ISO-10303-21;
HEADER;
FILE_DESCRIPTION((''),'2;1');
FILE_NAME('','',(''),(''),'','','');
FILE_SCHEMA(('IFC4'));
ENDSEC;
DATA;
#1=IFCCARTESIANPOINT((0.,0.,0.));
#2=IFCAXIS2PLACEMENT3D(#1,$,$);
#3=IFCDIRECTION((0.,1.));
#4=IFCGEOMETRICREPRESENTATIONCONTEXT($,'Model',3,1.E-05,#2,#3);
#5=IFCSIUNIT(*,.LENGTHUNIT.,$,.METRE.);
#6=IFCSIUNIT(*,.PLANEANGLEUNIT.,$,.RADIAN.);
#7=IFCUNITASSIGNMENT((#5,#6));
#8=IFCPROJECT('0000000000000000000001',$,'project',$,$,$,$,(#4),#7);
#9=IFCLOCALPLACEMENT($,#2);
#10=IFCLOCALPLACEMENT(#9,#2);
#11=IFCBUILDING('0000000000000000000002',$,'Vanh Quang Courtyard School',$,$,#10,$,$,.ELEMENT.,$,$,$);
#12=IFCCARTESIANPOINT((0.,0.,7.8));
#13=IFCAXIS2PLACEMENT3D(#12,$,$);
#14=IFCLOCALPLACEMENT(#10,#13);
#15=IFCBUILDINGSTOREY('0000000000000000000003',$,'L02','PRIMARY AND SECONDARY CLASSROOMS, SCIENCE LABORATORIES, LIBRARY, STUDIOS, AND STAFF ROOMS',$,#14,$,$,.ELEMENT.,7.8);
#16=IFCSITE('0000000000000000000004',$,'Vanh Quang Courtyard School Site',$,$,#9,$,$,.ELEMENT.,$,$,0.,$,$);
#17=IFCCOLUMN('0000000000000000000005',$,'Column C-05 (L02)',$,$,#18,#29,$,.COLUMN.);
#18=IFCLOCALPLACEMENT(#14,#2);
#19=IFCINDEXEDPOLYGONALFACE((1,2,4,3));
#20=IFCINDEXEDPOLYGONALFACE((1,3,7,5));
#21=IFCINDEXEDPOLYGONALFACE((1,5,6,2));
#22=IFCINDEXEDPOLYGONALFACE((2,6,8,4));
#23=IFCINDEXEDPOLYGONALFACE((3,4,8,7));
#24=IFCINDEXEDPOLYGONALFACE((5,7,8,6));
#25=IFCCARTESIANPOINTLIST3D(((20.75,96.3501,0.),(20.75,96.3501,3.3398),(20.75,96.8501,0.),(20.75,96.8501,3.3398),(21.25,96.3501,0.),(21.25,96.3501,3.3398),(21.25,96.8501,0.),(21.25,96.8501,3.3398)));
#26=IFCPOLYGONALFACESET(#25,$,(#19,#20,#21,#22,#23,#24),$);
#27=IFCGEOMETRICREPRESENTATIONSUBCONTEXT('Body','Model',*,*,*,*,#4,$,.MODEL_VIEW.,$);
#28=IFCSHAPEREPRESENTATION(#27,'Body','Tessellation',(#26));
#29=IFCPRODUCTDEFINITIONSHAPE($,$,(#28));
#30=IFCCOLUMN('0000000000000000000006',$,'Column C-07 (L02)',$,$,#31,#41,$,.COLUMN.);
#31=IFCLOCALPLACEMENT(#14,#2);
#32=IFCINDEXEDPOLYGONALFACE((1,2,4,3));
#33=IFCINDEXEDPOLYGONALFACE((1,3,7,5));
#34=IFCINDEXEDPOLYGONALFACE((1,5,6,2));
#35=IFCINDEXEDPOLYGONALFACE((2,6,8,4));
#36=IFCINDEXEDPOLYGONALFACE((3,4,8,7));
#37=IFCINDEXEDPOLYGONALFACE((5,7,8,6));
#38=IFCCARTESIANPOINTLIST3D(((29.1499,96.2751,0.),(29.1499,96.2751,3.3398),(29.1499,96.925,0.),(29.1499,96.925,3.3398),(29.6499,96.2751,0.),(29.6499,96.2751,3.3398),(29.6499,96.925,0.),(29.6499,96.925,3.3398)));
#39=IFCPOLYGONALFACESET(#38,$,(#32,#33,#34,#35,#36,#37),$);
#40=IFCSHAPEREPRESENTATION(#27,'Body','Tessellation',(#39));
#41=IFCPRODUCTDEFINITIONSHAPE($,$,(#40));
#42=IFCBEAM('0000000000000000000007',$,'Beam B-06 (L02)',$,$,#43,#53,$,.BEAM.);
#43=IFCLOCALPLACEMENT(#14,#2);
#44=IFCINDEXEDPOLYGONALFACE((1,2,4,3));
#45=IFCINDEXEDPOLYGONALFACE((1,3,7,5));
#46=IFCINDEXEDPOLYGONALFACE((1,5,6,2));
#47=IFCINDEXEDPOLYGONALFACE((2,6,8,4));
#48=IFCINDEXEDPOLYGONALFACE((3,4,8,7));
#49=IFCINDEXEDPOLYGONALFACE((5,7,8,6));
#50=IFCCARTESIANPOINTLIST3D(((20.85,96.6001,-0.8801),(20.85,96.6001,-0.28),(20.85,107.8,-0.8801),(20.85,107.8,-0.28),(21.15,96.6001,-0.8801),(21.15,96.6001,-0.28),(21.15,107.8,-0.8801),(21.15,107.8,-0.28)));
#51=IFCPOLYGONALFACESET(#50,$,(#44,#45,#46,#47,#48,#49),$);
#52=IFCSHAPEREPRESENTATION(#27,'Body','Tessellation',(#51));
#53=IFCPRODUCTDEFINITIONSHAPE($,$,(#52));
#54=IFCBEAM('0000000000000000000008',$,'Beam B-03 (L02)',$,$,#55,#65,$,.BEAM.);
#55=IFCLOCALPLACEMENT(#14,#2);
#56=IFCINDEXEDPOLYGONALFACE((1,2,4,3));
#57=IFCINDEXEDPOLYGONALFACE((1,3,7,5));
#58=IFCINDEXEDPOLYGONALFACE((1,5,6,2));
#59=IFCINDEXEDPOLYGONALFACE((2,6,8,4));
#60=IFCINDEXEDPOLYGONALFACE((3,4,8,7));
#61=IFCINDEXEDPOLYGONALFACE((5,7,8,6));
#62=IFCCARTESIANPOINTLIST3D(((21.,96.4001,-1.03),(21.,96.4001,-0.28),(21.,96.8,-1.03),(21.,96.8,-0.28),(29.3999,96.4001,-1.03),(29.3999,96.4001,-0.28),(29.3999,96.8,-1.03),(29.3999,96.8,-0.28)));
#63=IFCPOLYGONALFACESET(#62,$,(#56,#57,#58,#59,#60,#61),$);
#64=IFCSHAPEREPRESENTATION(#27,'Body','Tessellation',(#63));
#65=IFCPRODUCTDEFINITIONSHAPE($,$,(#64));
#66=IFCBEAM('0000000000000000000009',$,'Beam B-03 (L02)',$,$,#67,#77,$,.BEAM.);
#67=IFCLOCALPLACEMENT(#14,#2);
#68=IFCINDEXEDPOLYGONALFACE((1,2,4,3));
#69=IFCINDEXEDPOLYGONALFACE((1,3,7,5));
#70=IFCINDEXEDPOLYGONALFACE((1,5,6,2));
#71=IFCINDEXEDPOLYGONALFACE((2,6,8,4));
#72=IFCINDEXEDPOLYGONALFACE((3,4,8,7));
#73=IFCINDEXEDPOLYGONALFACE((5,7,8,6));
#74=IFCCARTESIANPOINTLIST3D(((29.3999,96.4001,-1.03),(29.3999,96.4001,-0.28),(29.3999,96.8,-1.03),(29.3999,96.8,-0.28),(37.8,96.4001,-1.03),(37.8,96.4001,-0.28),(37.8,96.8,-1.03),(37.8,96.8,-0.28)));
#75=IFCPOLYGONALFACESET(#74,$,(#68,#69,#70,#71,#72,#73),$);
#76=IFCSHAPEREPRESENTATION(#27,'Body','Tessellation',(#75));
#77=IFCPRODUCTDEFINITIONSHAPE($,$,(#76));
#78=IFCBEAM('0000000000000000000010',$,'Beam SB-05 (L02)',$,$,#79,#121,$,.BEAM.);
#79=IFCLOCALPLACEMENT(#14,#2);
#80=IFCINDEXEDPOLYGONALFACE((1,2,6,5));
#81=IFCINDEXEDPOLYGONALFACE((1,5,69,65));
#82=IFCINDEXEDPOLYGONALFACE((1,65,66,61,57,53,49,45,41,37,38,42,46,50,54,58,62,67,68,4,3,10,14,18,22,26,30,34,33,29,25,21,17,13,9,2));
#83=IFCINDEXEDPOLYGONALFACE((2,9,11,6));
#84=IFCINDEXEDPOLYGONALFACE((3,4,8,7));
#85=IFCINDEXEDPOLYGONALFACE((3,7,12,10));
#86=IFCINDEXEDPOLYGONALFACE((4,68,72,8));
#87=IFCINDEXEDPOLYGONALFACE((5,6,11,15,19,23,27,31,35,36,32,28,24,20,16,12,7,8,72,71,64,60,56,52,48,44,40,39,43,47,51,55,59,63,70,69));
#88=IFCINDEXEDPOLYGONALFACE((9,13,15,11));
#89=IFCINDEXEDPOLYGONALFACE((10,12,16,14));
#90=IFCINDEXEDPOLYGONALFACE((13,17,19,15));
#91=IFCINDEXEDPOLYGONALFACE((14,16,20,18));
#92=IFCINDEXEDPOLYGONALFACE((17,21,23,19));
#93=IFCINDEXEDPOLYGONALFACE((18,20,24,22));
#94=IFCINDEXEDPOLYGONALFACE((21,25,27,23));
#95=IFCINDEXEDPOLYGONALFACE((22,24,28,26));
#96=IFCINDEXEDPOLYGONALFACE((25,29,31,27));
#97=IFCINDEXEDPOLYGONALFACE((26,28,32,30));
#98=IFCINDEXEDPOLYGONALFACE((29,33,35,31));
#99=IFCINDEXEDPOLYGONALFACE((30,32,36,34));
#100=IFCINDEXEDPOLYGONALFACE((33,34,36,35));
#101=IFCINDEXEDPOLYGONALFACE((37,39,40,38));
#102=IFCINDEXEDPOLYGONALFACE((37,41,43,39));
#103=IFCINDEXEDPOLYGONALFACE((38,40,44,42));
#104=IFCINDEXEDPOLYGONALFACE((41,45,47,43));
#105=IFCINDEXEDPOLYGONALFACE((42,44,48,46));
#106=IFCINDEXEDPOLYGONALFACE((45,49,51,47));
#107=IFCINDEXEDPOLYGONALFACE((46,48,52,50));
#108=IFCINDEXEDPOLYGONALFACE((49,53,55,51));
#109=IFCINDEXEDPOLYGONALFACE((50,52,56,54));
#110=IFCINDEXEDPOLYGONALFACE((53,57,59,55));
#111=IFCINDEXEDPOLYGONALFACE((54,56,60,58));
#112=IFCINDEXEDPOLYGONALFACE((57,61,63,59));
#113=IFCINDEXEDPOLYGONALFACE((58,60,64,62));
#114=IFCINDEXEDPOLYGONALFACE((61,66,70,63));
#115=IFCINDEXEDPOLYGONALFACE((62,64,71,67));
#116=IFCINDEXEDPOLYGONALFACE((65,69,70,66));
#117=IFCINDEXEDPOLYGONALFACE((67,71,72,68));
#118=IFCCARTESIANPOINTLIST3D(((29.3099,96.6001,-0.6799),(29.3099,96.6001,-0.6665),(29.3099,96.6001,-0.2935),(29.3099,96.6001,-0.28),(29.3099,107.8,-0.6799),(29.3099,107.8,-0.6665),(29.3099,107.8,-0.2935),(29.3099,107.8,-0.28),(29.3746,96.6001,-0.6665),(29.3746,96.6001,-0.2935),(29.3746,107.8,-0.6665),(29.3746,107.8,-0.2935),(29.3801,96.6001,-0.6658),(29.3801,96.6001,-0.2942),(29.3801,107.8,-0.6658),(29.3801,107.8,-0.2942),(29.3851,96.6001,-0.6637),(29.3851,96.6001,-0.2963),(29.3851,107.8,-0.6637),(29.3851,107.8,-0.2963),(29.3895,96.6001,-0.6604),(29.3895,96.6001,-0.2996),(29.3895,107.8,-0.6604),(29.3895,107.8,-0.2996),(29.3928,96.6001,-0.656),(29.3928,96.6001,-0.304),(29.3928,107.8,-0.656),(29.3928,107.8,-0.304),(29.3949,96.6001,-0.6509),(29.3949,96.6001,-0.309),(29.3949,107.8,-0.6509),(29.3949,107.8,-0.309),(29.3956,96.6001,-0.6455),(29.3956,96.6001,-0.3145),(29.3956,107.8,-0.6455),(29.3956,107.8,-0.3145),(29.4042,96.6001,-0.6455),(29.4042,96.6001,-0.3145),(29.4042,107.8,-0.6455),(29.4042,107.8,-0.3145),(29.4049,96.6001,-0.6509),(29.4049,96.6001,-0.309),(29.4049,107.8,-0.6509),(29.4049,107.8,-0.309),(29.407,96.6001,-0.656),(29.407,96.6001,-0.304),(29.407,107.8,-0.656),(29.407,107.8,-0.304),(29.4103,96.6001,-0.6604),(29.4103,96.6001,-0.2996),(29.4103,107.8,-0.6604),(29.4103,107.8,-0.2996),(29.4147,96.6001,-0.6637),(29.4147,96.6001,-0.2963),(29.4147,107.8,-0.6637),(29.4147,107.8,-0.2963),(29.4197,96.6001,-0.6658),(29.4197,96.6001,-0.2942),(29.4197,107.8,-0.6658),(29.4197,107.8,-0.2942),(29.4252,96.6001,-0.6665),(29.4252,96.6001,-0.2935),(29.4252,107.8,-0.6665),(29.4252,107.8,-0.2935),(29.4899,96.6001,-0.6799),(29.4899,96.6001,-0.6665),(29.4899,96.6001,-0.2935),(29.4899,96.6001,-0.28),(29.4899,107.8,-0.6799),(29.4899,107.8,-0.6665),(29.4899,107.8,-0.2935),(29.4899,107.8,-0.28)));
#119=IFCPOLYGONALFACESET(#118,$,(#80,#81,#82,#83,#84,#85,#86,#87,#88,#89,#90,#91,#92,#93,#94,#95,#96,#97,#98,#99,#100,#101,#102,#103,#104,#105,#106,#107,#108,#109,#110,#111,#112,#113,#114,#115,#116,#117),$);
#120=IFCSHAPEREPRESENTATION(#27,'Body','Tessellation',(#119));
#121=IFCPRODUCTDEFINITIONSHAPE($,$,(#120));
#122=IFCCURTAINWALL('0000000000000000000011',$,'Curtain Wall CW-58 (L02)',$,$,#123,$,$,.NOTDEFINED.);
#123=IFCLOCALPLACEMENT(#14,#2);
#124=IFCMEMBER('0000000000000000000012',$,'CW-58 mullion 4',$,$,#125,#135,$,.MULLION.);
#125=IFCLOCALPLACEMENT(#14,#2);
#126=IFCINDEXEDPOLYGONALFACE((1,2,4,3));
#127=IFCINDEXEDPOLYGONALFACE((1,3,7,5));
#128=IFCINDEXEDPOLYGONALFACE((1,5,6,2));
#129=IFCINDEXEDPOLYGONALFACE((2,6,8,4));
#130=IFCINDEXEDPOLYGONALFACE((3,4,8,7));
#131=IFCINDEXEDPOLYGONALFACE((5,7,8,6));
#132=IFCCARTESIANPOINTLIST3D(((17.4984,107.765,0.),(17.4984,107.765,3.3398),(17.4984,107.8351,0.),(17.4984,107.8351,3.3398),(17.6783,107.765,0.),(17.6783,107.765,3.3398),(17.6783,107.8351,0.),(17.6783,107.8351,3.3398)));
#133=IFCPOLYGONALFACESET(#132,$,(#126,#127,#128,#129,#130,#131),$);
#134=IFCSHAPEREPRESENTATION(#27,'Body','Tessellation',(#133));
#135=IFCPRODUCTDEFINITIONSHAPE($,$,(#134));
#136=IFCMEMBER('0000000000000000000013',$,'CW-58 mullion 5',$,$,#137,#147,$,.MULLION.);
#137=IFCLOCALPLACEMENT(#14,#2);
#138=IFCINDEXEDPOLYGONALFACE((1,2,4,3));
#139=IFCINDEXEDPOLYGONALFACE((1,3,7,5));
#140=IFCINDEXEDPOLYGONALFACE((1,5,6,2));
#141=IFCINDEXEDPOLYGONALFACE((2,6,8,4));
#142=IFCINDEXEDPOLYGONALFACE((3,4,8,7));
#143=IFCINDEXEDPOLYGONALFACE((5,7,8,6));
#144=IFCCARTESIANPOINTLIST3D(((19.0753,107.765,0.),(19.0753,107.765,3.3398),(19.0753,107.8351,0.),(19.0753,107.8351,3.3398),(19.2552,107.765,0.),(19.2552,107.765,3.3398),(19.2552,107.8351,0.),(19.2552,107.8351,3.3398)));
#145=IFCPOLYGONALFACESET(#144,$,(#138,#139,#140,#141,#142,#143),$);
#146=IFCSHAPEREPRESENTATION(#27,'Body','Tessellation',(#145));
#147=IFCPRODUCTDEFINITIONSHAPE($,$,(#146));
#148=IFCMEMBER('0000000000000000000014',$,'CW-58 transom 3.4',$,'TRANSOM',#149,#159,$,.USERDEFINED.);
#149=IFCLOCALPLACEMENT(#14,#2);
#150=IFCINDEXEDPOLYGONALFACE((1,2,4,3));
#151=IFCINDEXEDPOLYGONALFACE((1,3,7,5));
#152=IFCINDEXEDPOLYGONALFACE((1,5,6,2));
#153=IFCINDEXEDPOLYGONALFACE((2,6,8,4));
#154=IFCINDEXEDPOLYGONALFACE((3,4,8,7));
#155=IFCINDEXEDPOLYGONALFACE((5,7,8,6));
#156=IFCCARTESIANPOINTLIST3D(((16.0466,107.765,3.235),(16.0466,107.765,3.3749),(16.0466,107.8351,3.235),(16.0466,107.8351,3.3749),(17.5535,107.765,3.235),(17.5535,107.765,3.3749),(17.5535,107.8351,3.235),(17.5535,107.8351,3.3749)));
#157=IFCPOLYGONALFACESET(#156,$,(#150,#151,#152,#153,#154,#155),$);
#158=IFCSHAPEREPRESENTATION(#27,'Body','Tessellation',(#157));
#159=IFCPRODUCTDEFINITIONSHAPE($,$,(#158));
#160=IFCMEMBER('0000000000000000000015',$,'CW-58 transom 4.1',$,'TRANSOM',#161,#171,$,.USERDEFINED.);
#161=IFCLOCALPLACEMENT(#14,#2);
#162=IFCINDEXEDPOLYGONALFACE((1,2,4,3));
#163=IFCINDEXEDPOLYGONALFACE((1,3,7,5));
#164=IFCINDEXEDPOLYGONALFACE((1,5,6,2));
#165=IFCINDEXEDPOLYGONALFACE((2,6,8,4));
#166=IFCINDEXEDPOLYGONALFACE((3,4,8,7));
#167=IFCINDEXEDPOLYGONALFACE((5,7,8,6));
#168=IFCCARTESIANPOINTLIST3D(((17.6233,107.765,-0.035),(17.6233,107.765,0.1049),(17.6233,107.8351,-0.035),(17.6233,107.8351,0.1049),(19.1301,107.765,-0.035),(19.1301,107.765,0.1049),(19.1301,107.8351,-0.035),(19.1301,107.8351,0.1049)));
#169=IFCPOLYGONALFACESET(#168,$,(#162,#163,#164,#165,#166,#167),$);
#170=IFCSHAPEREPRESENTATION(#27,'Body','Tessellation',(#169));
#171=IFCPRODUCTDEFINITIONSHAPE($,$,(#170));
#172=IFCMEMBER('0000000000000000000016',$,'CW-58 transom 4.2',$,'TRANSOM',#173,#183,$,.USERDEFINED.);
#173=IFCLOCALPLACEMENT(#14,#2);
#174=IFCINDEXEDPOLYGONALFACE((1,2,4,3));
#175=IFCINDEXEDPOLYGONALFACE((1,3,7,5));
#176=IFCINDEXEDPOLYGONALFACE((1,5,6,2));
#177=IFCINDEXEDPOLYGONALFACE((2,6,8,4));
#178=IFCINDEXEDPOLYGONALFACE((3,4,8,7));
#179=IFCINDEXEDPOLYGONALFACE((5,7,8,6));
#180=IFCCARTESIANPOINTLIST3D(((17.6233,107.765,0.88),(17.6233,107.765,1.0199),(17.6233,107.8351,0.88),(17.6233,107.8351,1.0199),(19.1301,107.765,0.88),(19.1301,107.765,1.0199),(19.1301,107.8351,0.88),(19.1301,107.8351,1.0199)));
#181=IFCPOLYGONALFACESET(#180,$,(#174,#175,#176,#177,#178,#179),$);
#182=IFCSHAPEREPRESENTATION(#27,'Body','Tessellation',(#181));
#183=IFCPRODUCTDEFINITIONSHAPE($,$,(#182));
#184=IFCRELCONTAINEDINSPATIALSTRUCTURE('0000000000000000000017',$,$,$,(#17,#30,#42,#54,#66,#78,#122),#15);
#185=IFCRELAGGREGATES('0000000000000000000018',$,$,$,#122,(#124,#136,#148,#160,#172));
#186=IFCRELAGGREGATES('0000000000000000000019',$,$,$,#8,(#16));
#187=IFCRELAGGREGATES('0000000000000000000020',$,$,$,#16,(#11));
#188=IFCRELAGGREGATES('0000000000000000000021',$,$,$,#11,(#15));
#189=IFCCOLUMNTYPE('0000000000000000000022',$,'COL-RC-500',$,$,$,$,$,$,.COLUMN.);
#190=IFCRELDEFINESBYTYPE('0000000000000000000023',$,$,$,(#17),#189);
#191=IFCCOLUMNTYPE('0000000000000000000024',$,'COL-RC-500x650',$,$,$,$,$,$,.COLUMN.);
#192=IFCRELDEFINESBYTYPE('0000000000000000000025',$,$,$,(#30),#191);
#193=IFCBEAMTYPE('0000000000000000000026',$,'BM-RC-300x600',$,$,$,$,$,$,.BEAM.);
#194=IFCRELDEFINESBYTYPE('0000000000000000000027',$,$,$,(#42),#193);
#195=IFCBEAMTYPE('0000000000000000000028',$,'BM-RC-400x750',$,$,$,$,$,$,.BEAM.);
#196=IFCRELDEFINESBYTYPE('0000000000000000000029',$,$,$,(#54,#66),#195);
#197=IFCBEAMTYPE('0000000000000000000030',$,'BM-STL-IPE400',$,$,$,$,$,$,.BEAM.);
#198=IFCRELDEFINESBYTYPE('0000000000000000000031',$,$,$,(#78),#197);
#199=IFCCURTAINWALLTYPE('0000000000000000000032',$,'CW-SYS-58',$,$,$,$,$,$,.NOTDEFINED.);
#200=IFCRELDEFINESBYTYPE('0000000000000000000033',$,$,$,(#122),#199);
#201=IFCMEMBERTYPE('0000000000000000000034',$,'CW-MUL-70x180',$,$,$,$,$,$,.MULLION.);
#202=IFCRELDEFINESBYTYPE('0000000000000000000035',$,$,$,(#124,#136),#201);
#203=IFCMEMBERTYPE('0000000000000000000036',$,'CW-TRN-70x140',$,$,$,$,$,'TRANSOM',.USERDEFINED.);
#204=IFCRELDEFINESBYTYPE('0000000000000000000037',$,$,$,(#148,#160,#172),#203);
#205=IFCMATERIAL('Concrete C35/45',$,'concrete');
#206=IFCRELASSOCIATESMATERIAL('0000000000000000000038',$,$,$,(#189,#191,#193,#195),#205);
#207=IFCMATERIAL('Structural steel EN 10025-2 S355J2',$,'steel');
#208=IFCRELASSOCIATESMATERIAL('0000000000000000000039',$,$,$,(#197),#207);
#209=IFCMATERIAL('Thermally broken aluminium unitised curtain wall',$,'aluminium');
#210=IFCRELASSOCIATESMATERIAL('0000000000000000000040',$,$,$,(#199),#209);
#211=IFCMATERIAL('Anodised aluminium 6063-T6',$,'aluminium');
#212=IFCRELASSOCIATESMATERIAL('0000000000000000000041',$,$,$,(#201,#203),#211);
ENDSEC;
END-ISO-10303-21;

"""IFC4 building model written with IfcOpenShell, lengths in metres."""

from ifc_helpers import new_model, si_unit, direction, frame, origin, origin_2d, place, context, subcontext, project, spatial, rectangle, i_section, extrude, material, material_profile, profile_set, type_object, element, aggregate, save


model = new_model("IFC4")

# Units and contexts
model_context = context("Model", 3, precision=1e-05, world=origin(), true_north=direction((0.0, 1.0)))
body_context = subcontext(model_context, "Body", "Model", "MODEL_VIEW")
ifc_project = project(units=[si_unit("LENGTHUNIT", "METRE"), si_unit("PLANEANGLEUNIT", "RADIAN")], contexts=[model_context])

# Site, building, storey
site_placement = place(None, origin())
site = spatial("IfcSite", under=ifc_project, at=site_placement, Name="Vanh Quang Courtyard School Site", CompositionType="ELEMENT", RefElevation=0.0)
building_placement = place(site_placement, origin())
building = spatial("IfcBuilding", under=site, at=building_placement, Name="Vanh Quang Courtyard School", CompositionType="ELEMENT")
storey_placement = place(building_placement, frame((0.0, 0.0, 7.8)))
storey = spatial("IfcBuildingStorey", under=building, at=storey_placement, Name="L02", Description="PRIMARY AND SECONDARY CLASSROOMS, SCIENCE LABORATORIES, LIBRARY, STUDIOS, AND STAFF ROOMS", CompositionType="ELEMENT", Elevation=7.8)

# Columns
ifc_material_1 = material(Name="Concrete C35/45", Category="concrete")
ifc_material_profile_1 = material_profile(ifc_material_1, rectangle(XDim=0.5, YDim=0.5, at=origin_2d()), Name="RC-COL 500x500")
ifc_profile_set_1 = profile_set([ifc_material_profile_1], Name="Concrete C35/45")
column_type_1 = type_object("IfcColumnType", Name="COL-RC-500", PredefinedType="COLUMN", material=ifc_profile_set_1)
column_1_placement = place(storey_placement, frame((21.0, 96.6001, 0.0), z_axis=(0.0, 0.0, 1.0), x_axis=(1.0, 0.0, 0.0)))
element("IfcColumn", 1, at=column_1_placement, inside=storey, type_object=column_type_1, Name="Column C-05 (L02)", PredefinedType="COLUMN", context=body_context, shape_type="SweptSolid", body=[
    extrude(rectangle(XDim=0.5, YDim=0.5, at=origin_2d()), origin(), (0.0, 0.0, 1.0), 3.3398),
])
ifc_material_profile_2 = material_profile(ifc_material_1, rectangle(XDim=0.5, YDim=0.6499, at=origin_2d()), Name="RC-COL 500x650")
ifc_profile_set_2 = profile_set([ifc_material_profile_2], Name="Concrete C35/45")
column_type_2 = type_object("IfcColumnType", Name="COL-RC-500x650", PredefinedType="COLUMN", material=ifc_profile_set_2)
column_2_placement = place(storey_placement, frame((29.3999, 96.6001, 0.0), z_axis=(0.0, 0.0, 1.0), x_axis=(1.0, 0.0, 0.0)))
element("IfcColumn", 2, at=column_2_placement, inside=storey, type_object=column_type_2, Name="Column C-07 (L02)", PredefinedType="COLUMN", context=body_context, shape_type="SweptSolid", body=[
    extrude(rectangle(XDim=0.5, YDim=0.6499, at=origin_2d()), origin(), (0.0, 0.0, 1.0), 3.3398),
])

# Beams
ifc_material_profile_3 = material_profile(ifc_material_1, rectangle(XDim=0.3, YDim=0.6001, at=origin_2d()), Name="RC-BM 300x600")
ifc_profile_set_3 = profile_set([ifc_material_profile_3], Name="Concrete C35/45")
beam_type_1 = type_object("IfcBeamType", Name="BM-RC-300x600", PredefinedType="BEAM", material=ifc_profile_set_3)
beam_1_placement = place(storey_placement, frame((21.0, 96.6001, -0.5801), z_axis=(0.0, 1.0, 0.0), x_axis=(-1.0, 0.0, 0.0)))
element("IfcBeam", 3, at=beam_1_placement, inside=storey, type_object=beam_type_1, Name="Beam B-06 (L02)", PredefinedType="BEAM", context=body_context, shape_type="SweptSolid", body=[
    extrude(rectangle(XDim=0.3, YDim=0.6001, at=origin_2d()), origin(), (0.0, 0.0, 1.0), 11.2),
])
ifc_material_profile_4 = material_profile(ifc_material_1, rectangle(XDim=0.3999, YDim=0.75, at=origin_2d()), Name="RC-BM 400x750")
ifc_profile_set_4 = profile_set([ifc_material_profile_4], Name="Concrete C35/45")
beam_type_2 = type_object("IfcBeamType", Name="BM-RC-400x750", PredefinedType="BEAM", material=ifc_profile_set_4)
beam_2_placement = place(storey_placement, frame((21.0, 96.6001, -0.655), z_axis=(1.0, 0.0, 0.0), x_axis=(0.0, 1.0, 0.0)))
element("IfcBeam", 4, at=beam_2_placement, inside=storey, type_object=beam_type_2, Name="Beam B-03 (L02)", PredefinedType="BEAM", context=body_context, shape_type="SweptSolid", body=[
    extrude(rectangle(XDim=0.3999, YDim=0.75, at=origin_2d()), origin(), (0.0, 0.0, 1.0), 8.3999),
])
beam_3_placement = place(storey_placement, frame((29.3999, 96.6001, -0.655), z_axis=(1.0, 0.0, 0.0), x_axis=(0.0, 1.0, 0.0)))
element("IfcBeam", 5, at=beam_3_placement, inside=storey, type_object=beam_type_2, Name="Beam B-03 (L02)", PredefinedType="BEAM", context=body_context, shape_type="SweptSolid", body=[
    extrude(rectangle(XDim=0.3999, YDim=0.75, at=origin_2d()), origin(), (0.0, 0.0, 1.0), 8.4001),
])
ifc_material_2 = material(Name="Structural steel EN 10025-2 S355J2", Category="steel")
ifc_material_profile_5 = material_profile(ifc_material_2, i_section(OverallWidth=0.1799, OverallDepth=0.3999, WebThickness=0.0085, FlangeThickness=0.0134, FilletRadius=0.021, at=origin_2d()), Name="IPE 400")
ifc_profile_set_5 = profile_set([ifc_material_profile_5], Name="Structural steel EN 10025-2 S355J2")
beam_type_3 = type_object("IfcBeamType", Name="BM-STL-IPE400", PredefinedType="BEAM", material=ifc_profile_set_5)
beam_4_placement = place(storey_placement, frame((29.3999, 96.6001, -0.48), z_axis=(0.0, 1.0, 0.0), x_axis=(-1.0, 0.0, 0.0)))
element("IfcBeam", 6, at=beam_4_placement, inside=storey, type_object=beam_type_3, Name="Beam SB-05 (L02)", PredefinedType="BEAM", context=body_context, shape_type="SweptSolid", body=[
    extrude(i_section(OverallWidth=0.1799, OverallDepth=0.3999, WebThickness=0.0085, FlangeThickness=0.0134, FilletRadius=0.021, at=origin_2d()), origin(), (0.0, 0.0, 1.0), 11.2),
])

# Curtain wall, members
ifc_material_3 = material(Name="Thermally broken aluminium unitised curtain wall", Category="aluminium")
curtain_wall_type = type_object("IfcCurtainWallType", Name="CW-SYS-58", PredefinedType="NOTDEFINED", material=ifc_material_3)
curtain_wall_placement = place(storey_placement, origin())
curtain_wall = element("IfcCurtainWall", 7, at=curtain_wall_placement, inside=storey, type_object=curtain_wall_type, Name="Curtain Wall CW-58 (L02)", PredefinedType="NOTDEFINED")
ifc_material_4 = material(Name="Anodised aluminium 6063-T6", Category="aluminium")
ifc_material_profile_6 = material_profile(ifc_material_4, rectangle(XDim=0.0701, YDim=0.1799, at=origin_2d()), Name="ALU-MUL 70x180")
ifc_profile_set_6 = profile_set([ifc_material_profile_6], Name="Anodised aluminium 6063-T6")
member_type_1 = type_object("IfcMemberType", Name="CW-MUL-70x180", PredefinedType="MULLION", material=ifc_profile_set_6)
member_1_placement = place(storey_placement, frame((17.5884, 107.8, 0.0), z_axis=(0.0, 0.0, 1.0), x_axis=(0.0, 1.0, 0.0)))
member_1 = element("IfcMember", 8, at=member_1_placement, type_object=member_type_1, Name="CW-58 mullion 4", PredefinedType="MULLION", context=body_context, shape_type="SweptSolid", body=[
    extrude(rectangle(XDim=0.0701, YDim=0.1799, at=origin_2d()), origin(), (0.0, 0.0, 1.0), 3.3398),
])
member_2_placement = place(storey_placement, frame((19.1653, 107.8, 0.0), z_axis=(0.0, 0.0, 1.0), x_axis=(0.0, 1.0, 0.0)))
member_2 = element("IfcMember", 9, at=member_2_placement, type_object=member_type_1, Name="CW-58 mullion 5", PredefinedType="MULLION", context=body_context, shape_type="SweptSolid", body=[
    extrude(rectangle(XDim=0.0701, YDim=0.1799, at=origin_2d()), origin(), (0.0, 0.0, 1.0), 3.3398),
])
ifc_material_profile_7 = material_profile(ifc_material_4, rectangle(XDim=0.0701, YDim=0.1399, at=origin_2d()), Name="ALU-TRN 70x140")
ifc_profile_set_7 = profile_set([ifc_material_profile_7], Name="Anodised aluminium 6063-T6")
member_type_2 = type_object("IfcMemberType", Name="CW-TRN-70x140", ElementType="TRANSOM", PredefinedType="USERDEFINED", material=ifc_profile_set_7)
member_3_placement = place(storey_placement, frame((16.0466, 107.8, 3.3049), z_axis=(1.0, 0.0, 0.0), x_axis=(0.0, 1.0, 0.0)))
member_3 = element("IfcMember", 10, at=member_3_placement, type_object=member_type_2, Name="CW-58 transom 3.4", ObjectType="TRANSOM", PredefinedType="USERDEFINED", context=body_context, shape_type="SweptSolid", body=[
    extrude(rectangle(XDim=0.0701, YDim=0.1399, at=origin_2d()), origin(), (0.0, 0.0, 1.0), 1.5068),
])
member_4_placement = place(storey_placement, frame((17.6233, 107.8, 0.0349), z_axis=(1.0, 0.0, 0.0), x_axis=(0.0, 1.0, 0.0)))
member_4 = element("IfcMember", 11, at=member_4_placement, type_object=member_type_2, Name="CW-58 transom 4.1", ObjectType="TRANSOM", PredefinedType="USERDEFINED", context=body_context, shape_type="SweptSolid", body=[
    extrude(rectangle(XDim=0.0701, YDim=0.1399, at=origin_2d()), origin(), (0.0, 0.0, 1.0), 1.5068),
])
member_5_placement = place(storey_placement, frame((17.6233, 107.8, 0.95), z_axis=(1.0, 0.0, 0.0), x_axis=(0.0, 1.0, 0.0)))
member_5 = element("IfcMember", 12, at=member_5_placement, type_object=member_type_2, Name="CW-58 transom 4.2", ObjectType="TRANSOM", PredefinedType="USERDEFINED", context=body_context, shape_type="SweptSolid", body=[
    extrude(rectangle(XDim=0.0701, YDim=0.1399, at=origin_2d()), origin(), (0.0, 0.0, 1.0), 1.5068),
])

aggregate(curtain_wall, [member_1, member_2, member_3, member_4, member_5])

save(model, "model.ifc")
